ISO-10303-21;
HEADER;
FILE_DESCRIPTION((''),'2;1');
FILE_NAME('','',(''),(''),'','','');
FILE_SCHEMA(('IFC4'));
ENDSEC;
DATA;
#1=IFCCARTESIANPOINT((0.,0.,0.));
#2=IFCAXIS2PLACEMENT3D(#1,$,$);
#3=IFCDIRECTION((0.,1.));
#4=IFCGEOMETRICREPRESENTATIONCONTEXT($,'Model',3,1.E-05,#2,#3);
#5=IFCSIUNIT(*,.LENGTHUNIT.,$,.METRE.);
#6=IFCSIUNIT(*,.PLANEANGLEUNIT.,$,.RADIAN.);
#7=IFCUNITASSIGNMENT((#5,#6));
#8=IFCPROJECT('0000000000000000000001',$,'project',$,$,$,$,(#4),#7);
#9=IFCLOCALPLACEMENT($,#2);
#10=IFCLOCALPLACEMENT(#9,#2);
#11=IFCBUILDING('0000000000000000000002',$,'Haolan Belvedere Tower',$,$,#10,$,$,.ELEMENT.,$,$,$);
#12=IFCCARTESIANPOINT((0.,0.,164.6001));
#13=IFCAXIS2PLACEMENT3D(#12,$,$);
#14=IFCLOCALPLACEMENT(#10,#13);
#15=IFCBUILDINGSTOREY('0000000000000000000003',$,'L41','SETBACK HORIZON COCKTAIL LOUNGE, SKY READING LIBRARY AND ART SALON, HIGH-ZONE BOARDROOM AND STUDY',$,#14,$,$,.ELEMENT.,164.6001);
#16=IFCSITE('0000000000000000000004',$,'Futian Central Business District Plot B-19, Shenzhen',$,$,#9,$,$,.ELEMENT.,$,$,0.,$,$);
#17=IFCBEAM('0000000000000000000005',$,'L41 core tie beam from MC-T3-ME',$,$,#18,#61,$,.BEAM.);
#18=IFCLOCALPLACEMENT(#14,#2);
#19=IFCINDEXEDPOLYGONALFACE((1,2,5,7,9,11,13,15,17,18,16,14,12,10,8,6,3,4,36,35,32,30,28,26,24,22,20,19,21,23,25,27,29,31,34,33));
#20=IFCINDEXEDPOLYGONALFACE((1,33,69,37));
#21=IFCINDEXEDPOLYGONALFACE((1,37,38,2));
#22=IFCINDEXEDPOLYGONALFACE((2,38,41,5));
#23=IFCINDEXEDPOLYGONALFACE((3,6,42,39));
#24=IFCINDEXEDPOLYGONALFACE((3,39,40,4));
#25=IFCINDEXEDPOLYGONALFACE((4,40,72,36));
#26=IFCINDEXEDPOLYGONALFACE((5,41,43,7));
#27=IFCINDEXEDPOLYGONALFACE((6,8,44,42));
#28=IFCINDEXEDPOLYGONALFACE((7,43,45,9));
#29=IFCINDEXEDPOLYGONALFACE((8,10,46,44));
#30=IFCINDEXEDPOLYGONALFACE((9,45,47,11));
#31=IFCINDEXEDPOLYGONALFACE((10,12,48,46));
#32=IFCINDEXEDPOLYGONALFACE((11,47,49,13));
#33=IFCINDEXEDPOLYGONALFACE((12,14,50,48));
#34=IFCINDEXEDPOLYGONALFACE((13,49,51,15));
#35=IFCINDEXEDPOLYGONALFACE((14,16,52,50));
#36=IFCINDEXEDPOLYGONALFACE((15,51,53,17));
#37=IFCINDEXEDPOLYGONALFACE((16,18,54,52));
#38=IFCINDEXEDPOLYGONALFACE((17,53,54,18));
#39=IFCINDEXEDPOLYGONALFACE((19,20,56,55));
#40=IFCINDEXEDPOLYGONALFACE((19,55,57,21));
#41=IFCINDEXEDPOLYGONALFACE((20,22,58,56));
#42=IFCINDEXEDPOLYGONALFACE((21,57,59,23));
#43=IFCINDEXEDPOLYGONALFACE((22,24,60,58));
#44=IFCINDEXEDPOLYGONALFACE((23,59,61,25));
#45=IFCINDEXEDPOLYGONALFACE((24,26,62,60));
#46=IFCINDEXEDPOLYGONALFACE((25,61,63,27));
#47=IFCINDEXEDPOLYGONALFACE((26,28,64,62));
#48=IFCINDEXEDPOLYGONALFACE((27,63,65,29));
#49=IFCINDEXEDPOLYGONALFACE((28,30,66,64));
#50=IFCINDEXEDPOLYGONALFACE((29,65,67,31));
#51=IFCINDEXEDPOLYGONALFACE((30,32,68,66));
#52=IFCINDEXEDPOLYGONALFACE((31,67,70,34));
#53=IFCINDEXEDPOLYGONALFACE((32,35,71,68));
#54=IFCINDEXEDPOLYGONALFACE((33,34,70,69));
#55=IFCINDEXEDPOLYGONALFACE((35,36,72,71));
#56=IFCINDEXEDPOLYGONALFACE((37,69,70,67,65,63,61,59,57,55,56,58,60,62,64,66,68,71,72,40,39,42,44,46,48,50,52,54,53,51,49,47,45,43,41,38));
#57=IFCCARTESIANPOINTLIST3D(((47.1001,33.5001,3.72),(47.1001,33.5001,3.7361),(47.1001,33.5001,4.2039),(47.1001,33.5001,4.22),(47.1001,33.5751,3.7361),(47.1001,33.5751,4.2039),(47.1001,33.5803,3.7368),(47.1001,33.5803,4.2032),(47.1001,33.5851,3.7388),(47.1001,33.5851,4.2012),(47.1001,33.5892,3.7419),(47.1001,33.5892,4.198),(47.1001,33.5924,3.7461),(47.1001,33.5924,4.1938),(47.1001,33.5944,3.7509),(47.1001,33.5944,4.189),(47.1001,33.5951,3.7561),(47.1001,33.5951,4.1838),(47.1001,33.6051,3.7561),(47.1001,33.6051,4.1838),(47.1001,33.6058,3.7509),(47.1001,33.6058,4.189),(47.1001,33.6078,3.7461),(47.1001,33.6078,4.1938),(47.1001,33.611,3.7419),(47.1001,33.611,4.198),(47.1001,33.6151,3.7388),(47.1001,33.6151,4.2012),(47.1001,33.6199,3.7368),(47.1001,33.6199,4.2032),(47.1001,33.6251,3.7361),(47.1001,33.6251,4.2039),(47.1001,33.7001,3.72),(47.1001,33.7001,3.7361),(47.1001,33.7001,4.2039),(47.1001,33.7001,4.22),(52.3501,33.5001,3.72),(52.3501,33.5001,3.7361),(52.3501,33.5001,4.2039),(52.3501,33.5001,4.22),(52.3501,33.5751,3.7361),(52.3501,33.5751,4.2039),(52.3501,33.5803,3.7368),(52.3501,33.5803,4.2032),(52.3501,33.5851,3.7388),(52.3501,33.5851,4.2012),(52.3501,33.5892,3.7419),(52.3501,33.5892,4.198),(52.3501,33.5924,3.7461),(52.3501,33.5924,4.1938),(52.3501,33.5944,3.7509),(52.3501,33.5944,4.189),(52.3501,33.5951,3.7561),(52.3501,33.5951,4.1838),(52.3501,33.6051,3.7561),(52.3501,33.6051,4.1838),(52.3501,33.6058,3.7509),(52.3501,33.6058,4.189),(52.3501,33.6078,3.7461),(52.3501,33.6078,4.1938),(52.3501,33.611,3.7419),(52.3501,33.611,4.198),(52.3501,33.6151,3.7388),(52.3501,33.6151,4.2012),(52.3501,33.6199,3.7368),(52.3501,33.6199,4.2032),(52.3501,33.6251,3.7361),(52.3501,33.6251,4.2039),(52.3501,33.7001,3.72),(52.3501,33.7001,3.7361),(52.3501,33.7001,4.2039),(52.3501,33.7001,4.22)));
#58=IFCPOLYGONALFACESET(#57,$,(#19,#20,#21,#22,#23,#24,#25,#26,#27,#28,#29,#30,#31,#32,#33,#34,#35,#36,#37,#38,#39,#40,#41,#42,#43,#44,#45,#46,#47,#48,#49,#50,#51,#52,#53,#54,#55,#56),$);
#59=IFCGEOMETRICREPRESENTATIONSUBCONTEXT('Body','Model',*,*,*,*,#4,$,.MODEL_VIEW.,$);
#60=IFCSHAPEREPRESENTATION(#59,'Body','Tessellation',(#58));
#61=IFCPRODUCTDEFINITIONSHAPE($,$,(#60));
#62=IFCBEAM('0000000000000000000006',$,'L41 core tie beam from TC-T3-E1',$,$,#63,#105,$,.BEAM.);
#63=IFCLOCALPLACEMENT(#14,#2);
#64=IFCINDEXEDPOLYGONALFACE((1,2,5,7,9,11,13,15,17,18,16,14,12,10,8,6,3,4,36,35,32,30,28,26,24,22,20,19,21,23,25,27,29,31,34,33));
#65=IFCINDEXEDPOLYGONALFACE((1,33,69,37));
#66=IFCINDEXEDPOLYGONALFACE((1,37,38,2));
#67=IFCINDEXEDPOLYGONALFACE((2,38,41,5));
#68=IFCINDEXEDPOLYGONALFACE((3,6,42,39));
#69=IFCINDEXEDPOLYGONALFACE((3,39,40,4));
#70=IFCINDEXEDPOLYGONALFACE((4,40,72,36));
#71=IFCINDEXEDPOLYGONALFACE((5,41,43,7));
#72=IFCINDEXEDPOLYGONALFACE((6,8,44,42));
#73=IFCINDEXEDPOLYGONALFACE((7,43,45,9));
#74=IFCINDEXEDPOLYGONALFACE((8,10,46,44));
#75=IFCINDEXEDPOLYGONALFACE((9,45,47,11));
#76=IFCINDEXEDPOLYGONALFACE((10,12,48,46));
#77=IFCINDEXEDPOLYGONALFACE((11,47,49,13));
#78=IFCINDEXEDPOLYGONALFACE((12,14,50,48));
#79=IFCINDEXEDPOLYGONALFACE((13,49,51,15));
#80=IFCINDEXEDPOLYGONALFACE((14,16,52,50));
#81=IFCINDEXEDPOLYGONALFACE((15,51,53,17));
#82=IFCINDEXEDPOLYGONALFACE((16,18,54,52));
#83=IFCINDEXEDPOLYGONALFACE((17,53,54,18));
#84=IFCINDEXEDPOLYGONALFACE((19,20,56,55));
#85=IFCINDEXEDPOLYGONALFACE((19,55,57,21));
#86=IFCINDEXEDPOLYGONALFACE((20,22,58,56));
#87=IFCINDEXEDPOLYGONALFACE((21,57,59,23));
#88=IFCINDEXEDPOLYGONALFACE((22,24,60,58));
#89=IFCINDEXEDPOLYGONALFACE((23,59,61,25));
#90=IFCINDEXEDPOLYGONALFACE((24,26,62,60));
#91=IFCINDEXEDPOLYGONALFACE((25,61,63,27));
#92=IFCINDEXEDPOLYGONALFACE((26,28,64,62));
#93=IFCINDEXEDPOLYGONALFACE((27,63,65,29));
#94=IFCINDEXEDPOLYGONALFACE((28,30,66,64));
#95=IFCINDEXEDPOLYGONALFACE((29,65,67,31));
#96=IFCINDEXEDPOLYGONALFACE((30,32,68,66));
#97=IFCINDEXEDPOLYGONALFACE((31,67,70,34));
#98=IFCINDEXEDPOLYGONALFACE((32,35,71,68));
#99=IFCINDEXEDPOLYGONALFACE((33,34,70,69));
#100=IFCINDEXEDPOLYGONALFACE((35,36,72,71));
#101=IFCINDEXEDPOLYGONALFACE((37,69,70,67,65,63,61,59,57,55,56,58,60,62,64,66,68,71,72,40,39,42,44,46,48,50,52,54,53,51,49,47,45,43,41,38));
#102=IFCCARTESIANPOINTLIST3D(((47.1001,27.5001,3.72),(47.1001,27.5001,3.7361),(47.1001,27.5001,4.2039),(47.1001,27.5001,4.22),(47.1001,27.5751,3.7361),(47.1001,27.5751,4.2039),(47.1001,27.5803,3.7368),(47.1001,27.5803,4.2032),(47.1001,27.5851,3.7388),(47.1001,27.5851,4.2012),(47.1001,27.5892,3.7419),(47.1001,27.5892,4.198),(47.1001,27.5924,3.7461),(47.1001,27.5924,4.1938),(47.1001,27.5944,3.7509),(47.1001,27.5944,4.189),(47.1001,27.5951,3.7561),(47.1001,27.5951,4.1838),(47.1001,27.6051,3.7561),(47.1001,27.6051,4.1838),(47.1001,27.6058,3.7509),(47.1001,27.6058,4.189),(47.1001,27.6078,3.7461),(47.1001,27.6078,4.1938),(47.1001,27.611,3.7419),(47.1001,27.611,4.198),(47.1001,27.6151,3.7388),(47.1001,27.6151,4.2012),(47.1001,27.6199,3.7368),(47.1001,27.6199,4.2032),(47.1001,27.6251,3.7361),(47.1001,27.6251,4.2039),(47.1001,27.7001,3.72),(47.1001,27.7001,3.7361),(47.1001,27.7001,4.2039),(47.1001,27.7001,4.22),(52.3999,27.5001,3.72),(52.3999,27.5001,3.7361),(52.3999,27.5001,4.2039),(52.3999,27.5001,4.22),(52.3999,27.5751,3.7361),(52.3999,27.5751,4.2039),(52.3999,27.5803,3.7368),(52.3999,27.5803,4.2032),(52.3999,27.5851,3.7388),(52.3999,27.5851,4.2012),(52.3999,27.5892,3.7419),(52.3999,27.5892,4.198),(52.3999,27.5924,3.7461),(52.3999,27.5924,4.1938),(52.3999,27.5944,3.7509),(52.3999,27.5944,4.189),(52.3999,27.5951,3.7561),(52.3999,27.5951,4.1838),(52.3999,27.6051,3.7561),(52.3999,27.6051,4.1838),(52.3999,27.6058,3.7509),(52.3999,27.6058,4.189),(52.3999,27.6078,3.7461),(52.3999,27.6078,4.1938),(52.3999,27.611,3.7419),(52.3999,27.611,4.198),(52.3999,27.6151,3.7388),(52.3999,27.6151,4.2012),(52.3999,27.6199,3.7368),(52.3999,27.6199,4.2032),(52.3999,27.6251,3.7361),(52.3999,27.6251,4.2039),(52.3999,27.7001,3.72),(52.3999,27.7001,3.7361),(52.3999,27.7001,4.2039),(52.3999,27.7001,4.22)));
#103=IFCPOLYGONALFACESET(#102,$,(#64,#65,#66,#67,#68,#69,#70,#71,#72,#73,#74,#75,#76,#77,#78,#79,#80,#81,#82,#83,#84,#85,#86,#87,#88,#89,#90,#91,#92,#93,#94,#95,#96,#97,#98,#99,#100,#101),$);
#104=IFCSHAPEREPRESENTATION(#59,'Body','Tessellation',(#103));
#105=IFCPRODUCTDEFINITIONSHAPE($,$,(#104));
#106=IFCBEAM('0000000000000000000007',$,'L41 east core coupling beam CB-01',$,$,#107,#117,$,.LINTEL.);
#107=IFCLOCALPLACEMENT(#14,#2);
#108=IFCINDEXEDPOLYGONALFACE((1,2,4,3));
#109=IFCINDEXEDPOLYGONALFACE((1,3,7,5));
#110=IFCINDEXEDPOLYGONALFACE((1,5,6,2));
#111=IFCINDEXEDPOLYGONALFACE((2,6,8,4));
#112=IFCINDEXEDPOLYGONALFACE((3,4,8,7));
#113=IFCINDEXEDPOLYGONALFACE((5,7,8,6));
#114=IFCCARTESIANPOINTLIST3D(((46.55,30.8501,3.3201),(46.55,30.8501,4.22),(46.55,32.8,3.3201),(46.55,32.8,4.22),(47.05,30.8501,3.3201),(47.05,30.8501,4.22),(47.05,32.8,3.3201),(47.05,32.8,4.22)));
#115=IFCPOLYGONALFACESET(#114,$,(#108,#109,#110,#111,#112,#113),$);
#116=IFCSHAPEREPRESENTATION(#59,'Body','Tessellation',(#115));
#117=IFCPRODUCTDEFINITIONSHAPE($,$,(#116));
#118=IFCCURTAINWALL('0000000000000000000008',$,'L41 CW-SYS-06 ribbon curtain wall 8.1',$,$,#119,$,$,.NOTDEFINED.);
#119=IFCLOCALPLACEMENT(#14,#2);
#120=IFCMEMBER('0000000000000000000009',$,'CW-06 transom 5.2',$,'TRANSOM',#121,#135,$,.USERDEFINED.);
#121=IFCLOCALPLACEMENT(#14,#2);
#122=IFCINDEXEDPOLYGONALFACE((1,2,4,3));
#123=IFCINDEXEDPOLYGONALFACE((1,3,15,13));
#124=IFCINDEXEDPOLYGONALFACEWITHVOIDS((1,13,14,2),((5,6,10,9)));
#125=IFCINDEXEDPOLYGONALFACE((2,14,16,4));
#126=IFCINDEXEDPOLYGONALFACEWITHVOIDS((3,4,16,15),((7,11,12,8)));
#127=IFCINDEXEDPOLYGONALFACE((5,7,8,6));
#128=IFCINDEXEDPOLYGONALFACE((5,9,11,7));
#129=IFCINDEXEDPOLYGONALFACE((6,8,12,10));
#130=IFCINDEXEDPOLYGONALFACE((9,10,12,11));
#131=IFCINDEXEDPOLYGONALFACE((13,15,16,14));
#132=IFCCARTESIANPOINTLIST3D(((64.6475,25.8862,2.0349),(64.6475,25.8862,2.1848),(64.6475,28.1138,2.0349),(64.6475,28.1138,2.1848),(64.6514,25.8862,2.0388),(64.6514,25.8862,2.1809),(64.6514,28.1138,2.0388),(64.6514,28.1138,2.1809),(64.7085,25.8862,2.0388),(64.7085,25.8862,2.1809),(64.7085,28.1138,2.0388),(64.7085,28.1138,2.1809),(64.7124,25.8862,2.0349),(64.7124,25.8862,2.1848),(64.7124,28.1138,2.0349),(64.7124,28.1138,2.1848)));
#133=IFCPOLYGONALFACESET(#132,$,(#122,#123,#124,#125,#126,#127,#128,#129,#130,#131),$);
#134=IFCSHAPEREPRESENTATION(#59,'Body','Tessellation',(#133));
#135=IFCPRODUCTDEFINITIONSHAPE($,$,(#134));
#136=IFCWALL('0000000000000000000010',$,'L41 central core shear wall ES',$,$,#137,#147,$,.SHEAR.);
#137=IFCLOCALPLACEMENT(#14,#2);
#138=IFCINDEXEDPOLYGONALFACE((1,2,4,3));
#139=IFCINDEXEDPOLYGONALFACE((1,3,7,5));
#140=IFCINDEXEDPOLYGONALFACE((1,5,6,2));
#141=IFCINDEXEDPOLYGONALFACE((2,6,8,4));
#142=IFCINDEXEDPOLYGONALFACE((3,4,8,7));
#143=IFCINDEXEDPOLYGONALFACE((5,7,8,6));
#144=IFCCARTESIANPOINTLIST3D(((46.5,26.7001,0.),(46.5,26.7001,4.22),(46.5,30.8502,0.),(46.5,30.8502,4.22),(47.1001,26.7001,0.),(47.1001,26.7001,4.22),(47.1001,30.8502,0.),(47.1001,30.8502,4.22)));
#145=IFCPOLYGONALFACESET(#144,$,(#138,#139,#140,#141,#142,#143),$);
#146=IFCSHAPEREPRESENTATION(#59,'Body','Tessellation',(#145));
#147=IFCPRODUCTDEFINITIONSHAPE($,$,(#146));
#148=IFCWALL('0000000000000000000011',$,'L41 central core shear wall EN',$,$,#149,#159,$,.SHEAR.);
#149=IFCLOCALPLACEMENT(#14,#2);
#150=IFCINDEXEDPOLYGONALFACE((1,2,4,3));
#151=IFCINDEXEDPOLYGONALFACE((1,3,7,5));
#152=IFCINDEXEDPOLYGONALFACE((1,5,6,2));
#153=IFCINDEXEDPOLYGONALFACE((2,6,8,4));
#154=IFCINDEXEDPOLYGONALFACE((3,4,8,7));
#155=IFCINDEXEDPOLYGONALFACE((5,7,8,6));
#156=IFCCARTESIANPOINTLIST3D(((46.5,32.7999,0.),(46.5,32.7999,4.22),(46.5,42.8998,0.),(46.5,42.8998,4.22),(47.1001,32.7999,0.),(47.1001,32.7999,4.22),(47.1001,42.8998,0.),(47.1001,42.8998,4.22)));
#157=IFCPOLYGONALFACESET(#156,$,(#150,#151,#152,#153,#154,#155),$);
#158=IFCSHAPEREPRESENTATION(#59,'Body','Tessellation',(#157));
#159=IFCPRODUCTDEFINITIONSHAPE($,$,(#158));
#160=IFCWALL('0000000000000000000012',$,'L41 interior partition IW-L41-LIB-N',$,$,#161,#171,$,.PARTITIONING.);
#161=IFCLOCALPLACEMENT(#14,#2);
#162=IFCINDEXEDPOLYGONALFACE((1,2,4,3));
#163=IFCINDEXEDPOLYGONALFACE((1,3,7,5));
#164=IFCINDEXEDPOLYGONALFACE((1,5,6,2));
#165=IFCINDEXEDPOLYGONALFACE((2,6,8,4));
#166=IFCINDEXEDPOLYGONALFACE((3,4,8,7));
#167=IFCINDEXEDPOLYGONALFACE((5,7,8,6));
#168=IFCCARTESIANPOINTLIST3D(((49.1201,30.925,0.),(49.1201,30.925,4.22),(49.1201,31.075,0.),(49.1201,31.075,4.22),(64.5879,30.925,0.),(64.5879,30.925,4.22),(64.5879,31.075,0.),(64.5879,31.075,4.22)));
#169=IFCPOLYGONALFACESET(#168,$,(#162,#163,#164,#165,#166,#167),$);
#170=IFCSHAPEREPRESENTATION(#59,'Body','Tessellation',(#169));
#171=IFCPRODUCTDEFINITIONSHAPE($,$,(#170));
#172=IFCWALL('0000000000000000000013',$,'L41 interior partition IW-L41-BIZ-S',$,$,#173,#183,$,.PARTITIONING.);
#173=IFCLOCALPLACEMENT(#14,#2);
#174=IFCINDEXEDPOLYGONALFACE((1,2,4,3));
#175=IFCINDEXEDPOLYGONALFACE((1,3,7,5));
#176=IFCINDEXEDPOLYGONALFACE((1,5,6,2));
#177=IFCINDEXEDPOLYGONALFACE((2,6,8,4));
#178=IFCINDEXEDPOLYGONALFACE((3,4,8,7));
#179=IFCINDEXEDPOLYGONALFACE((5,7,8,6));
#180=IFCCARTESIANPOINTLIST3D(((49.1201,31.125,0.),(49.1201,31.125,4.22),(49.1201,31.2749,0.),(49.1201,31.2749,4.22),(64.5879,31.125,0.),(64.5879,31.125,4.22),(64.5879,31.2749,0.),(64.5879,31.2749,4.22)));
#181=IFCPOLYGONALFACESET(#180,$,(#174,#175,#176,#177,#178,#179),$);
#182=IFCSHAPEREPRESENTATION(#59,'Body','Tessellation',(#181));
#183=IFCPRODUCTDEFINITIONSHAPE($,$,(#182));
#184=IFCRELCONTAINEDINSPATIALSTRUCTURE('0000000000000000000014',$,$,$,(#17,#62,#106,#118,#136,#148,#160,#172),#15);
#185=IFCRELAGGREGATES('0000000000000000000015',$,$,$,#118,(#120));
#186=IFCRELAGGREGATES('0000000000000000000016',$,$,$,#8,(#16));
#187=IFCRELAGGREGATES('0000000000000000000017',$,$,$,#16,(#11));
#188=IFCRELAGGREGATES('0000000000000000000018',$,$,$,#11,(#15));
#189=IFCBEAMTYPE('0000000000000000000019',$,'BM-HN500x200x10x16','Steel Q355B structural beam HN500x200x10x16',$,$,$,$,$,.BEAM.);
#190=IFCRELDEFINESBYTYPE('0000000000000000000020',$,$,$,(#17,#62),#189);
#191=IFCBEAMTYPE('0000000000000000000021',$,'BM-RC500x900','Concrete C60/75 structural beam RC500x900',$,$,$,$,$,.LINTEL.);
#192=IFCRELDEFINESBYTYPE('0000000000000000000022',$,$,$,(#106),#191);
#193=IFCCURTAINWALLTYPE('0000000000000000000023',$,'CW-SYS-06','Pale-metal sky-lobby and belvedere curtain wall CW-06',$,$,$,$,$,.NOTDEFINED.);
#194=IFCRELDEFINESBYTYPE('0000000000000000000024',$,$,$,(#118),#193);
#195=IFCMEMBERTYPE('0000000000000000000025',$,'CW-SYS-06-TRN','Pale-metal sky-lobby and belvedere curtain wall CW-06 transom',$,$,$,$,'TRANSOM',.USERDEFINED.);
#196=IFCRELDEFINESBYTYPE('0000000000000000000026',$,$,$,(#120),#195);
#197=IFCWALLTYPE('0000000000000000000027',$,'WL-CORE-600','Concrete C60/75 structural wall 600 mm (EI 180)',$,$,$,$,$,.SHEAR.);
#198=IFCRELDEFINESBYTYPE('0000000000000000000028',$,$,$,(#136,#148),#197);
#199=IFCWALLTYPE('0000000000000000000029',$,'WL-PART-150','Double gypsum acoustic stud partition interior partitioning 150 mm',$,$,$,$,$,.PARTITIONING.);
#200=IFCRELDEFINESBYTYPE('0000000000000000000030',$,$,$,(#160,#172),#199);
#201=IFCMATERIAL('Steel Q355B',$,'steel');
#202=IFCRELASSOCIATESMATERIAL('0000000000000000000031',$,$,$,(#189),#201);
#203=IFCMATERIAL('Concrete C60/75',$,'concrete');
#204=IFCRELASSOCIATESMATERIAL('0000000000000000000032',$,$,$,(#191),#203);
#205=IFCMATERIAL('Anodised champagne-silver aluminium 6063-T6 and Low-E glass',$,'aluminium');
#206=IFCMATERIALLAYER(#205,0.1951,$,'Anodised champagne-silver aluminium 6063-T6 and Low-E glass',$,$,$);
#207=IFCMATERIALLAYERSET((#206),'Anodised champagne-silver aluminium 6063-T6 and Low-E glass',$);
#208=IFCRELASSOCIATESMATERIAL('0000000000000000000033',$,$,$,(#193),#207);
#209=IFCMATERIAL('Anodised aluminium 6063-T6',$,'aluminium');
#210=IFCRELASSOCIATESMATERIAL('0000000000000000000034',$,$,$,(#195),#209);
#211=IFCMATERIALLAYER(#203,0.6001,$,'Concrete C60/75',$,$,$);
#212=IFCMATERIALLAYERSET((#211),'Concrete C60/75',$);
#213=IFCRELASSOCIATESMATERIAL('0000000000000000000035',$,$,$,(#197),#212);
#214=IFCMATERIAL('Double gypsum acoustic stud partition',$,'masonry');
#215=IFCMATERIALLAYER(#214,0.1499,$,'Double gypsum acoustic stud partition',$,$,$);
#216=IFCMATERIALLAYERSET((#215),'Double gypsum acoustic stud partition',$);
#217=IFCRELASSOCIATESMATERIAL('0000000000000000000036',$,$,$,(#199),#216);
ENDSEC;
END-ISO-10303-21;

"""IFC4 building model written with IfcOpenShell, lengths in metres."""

from ifc_helpers import new_model, si_unit, direction, frame, frame_2d, origin, origin_2d, place, context, subcontext, project, spatial, rectangle, hollow_rectangle, i_section, extrude, material, layer, layer_set, material_profile, profile_set, type_object, element, aggregate, save


model = new_model("IFC4")

# Units and contexts
model_context = context("Model", 3, precision=1e-05, world=origin(), true_north=direction((0.0, 1.0)))
body_context = subcontext(model_context, "Body", "Model", "MODEL_VIEW")
ifc_project = project(units=[si_unit("LENGTHUNIT", "METRE"), si_unit("PLANEANGLEUNIT", "RADIAN")], contexts=[model_context])

# Site, building, storey
site_placement = place(None, origin())
site = spatial("IfcSite", under=ifc_project, at=site_placement, Name="Futian Central Business District Plot B-19, Shenzhen", CompositionType="ELEMENT", RefElevation=0.0)
building_placement = place(site_placement, origin())
building = spatial("IfcBuilding", under=site, at=building_placement, Name="Haolan Belvedere Tower", CompositionType="ELEMENT")
storey_placement = place(building_placement, frame((0.0, 0.0, 164.6001)))
storey = spatial("IfcBuildingStorey", under=building, at=storey_placement, Name="L41", Description="SETBACK HORIZON COCKTAIL LOUNGE, SKY READING LIBRARY AND ART SALON, HIGH-ZONE BOARDROOM AND STUDY", CompositionType="ELEMENT", Elevation=164.6001)

# Beams
ifc_material_1 = material(Name="Steel Q355B", Category="steel")
ifc_material_profile_1 = material_profile(ifc_material_1, i_section(OverallWidth=0.2, OverallDepth=0.5, WebThickness=0.01, FlangeThickness=0.0161, FilletRadius=0.02, at=origin_2d()), Name="Steel Q355B")
ifc_profile_set_1 = profile_set([ifc_material_profile_1], Name="Steel Q355B")
beam_type_1 = type_object("IfcBeamType", Name="BM-HN500x200x10x16", Description="Steel Q355B structural beam HN500x200x10x16", PredefinedType="BEAM", material=ifc_profile_set_1)
beam_1_placement = place(storey_placement, frame((52.3501, 33.6001, 3.97), z_axis=(-1.0, 0.0, 0.0), x_axis=(0.0, -1.0, 0.0)))
element("IfcBeam", 1, at=beam_1_placement, inside=storey, type_object=beam_type_1, Name="L41 core tie beam from MC-T3-ME", PredefinedType="BEAM", context=body_context, shape_type="SweptSolid", body=[
    extrude(i_section(OverallWidth=0.2, OverallDepth=0.5, WebThickness=0.01, FlangeThickness=0.0161, FilletRadius=0.02, at=origin_2d()), origin(), (0.0, 0.0, 1.0), 5.25),
])
beam_2_placement = place(storey_placement, frame((52.3999, 27.6001, 3.97), z_axis=(-1.0, 0.0, 0.0), x_axis=(0.0, -1.0, 0.0)))
element("IfcBeam", 2, at=beam_2_placement, inside=storey, type_object=beam_type_1, Name="L41 core tie beam from TC-T3-E1", PredefinedType="BEAM", context=body_context, shape_type="SweptSolid", body=[
    extrude(i_section(OverallWidth=0.2, OverallDepth=0.5, WebThickness=0.01, FlangeThickness=0.0161, FilletRadius=0.02, at=origin_2d()), origin(), (0.0, 0.0, 1.0), 5.2998),
])
ifc_material_2 = material(Name="Concrete C60/75", Category="concrete")
ifc_material_profile_2 = material_profile(ifc_material_2, rectangle(XDim=0.5, YDim=0.8999, at=origin_2d()), Name="Concrete C60/75")
ifc_profile_set_2 = profile_set([ifc_material_profile_2], Name="Concrete C60/75")
beam_type_2 = type_object("IfcBeamType", Name="BM-RC500x900", Description="Concrete C60/75 structural beam RC500x900", PredefinedType="LINTEL", material=ifc_profile_set_2)
beam_3_placement = place(storey_placement, frame((46.8, 30.8501, 3.77), z_axis=(0.0, 1.0, 0.0), x_axis=(-1.0, 0.0, 0.0)))
element("IfcBeam", 3, at=beam_3_placement, inside=storey, type_object=beam_type_2, Name="L41 east core coupling beam CB-01", PredefinedType="LINTEL", context=body_context, shape_type="SweptSolid", body=[
    extrude(rectangle(XDim=0.5, YDim=0.8999, at=origin_2d()), origin(), (0.0, 0.0, 1.0), 1.95),
])

# Curtain wall, member
ifc_material_3 = material(Name="Anodised champagne-silver aluminium 6063-T6 and Low-E glass", Category="aluminium")
ifc_layer_1 = layer(ifc_material_3, 0.1951, Name="Anodised champagne-silver aluminium 6063-T6 and Low-E glass")
ifc_layer_set_1 = layer_set([ifc_layer_1], Name="Anodised champagne-silver aluminium 6063-T6 and Low-E glass")
curtain_wall_type = type_object("IfcCurtainWallType", Name="CW-SYS-06", Description="Pale-metal sky-lobby and belvedere curtain wall CW-06", PredefinedType="NOTDEFINED", material=ifc_layer_set_1)
curtain_wall_placement = place(storey_placement, origin())
curtain_wall = element("IfcCurtainWall", 4, at=curtain_wall_placement, inside=storey, type_object=curtain_wall_type, Name="L41 CW-SYS-06 ribbon curtain wall 8.1", PredefinedType="NOTDEFINED")
ifc_material_4 = material(Name="Anodised aluminium 6063-T6", Category="aluminium")
ifc_material_profile_3 = material_profile(ifc_material_4, hollow_rectangle(XDim=0.0649, YDim=0.1499, WallThickness=0.0039, at=origin_2d()), Name="Anodised aluminium 6063-T6")
ifc_profile_set_3 = profile_set([ifc_material_profile_3], Name="Anodised aluminium 6063-T6")
member_type = type_object("IfcMemberType", Name="CW-SYS-06-TRN", Description="Pale-metal sky-lobby and belvedere curtain wall CW-06 transom", ElementType="TRANSOM", PredefinedType="USERDEFINED", material=ifc_profile_set_3)
member_placement = place(storey_placement, frame((64.6799, 25.8862, 2.1099), z_axis=(0.0, 1.0, 0.0), x_axis=(-1.0, 0.0, 0.0)))
member = element("IfcMember", 5, at=member_placement, type_object=member_type, Name="CW-06 transom 5.2", ObjectType="TRANSOM", PredefinedType="USERDEFINED", context=body_context, shape_type="SweptSolid", body=[
    extrude(hollow_rectangle(XDim=0.0649, YDim=0.1499, WallThickness=0.0039, at=origin_2d()), origin(), (0.0, 0.0, 1.0), 2.2275),
])
aggregate(curtain_wall, [member])

# Walls
ifc_layer_2 = layer(ifc_material_2, 0.6001, Name="Concrete C60/75")
ifc_layer_set_2 = layer_set([ifc_layer_2], Name="Concrete C60/75")
wall_type_1 = type_object("IfcWallType", Name="WL-CORE-600", Description="Concrete C60/75 structural wall 600 mm (EI 180)", PredefinedType="SHEAR", material=ifc_layer_set_2)
wall_1_placement = place(storey_placement, frame((46.8, 26.7, 0.0), z_axis=(0.0, 0.0, 1.0), x_axis=(0.0, 1.0, 0.0)))
element("IfcWall", 6, at=wall_1_placement, inside=storey, type_object=wall_type_1, Name="L41 central core shear wall ES", PredefinedType="SHEAR", context=body_context, shape_type="SweptSolid", body=[
    extrude(rectangle(XDim=4.1501, YDim=0.6001, at=frame_2d((2.0752, 0.0))), origin(), (0.0, 0.0, 1.0), 4.22),
])
wall_2_placement = place(storey_placement, frame((46.8, 32.8, 0.0), z_axis=(0.0, 0.0, 1.0), x_axis=(0.0, 1.0, 0.0)))
element("IfcWall", 7, at=wall_2_placement, inside=storey, type_object=wall_type_1, Name="L41 central core shear wall EN", PredefinedType="SHEAR", context=body_context, shape_type="SweptSolid", body=[
    extrude(rectangle(XDim=10.0999, YDim=0.6001, at=frame_2d((5.0498, 0.0))), origin(), (0.0, 0.0, 1.0), 4.22),
])
ifc_material_5 = material(Name="Double gypsum acoustic stud partition", Category="masonry")
ifc_layer_3 = layer(ifc_material_5, 0.1499, Name="Double gypsum acoustic stud partition")
ifc_layer_set_3 = layer_set([ifc_layer_3], Name="Double gypsum acoustic stud partition")
wall_type_2 = type_object("IfcWallType", Name="WL-PART-150", Description="Double gypsum acoustic stud partition interior partitioning 150 mm", PredefinedType="PARTITIONING", material=ifc_layer_set_3)
for number, where, z_axis, x_axis, name in (
    (8, (49.1201, 31.0, 0.0), (0.0, 0.0, 1.0), (1.0, 0.0, 0.0), "L41 interior partition IW-L41-LIB-N"),
    (9, (49.1201, 31.2, 0.0), (0.0, 0.0, 1.0), (1.0, 0.0, 0.0), "L41 interior partition IW-L41-BIZ-S"),
):
    element("IfcWall", number, at=place(storey_placement, frame(where, z_axis=z_axis, x_axis=x_axis)), inside=storey, type_object=wall_type_2, Name=name, PredefinedType="PARTITIONING", context=body_context, shape_type="SweptSolid", body=[
        extrude(rectangle(XDim=15.4678, YDim=0.1499, at=frame_2d((7.7339, 0.0))), origin(), (0.0, 0.0, 1.0), 4.22),
    ])

save(model, "model.ifc")
